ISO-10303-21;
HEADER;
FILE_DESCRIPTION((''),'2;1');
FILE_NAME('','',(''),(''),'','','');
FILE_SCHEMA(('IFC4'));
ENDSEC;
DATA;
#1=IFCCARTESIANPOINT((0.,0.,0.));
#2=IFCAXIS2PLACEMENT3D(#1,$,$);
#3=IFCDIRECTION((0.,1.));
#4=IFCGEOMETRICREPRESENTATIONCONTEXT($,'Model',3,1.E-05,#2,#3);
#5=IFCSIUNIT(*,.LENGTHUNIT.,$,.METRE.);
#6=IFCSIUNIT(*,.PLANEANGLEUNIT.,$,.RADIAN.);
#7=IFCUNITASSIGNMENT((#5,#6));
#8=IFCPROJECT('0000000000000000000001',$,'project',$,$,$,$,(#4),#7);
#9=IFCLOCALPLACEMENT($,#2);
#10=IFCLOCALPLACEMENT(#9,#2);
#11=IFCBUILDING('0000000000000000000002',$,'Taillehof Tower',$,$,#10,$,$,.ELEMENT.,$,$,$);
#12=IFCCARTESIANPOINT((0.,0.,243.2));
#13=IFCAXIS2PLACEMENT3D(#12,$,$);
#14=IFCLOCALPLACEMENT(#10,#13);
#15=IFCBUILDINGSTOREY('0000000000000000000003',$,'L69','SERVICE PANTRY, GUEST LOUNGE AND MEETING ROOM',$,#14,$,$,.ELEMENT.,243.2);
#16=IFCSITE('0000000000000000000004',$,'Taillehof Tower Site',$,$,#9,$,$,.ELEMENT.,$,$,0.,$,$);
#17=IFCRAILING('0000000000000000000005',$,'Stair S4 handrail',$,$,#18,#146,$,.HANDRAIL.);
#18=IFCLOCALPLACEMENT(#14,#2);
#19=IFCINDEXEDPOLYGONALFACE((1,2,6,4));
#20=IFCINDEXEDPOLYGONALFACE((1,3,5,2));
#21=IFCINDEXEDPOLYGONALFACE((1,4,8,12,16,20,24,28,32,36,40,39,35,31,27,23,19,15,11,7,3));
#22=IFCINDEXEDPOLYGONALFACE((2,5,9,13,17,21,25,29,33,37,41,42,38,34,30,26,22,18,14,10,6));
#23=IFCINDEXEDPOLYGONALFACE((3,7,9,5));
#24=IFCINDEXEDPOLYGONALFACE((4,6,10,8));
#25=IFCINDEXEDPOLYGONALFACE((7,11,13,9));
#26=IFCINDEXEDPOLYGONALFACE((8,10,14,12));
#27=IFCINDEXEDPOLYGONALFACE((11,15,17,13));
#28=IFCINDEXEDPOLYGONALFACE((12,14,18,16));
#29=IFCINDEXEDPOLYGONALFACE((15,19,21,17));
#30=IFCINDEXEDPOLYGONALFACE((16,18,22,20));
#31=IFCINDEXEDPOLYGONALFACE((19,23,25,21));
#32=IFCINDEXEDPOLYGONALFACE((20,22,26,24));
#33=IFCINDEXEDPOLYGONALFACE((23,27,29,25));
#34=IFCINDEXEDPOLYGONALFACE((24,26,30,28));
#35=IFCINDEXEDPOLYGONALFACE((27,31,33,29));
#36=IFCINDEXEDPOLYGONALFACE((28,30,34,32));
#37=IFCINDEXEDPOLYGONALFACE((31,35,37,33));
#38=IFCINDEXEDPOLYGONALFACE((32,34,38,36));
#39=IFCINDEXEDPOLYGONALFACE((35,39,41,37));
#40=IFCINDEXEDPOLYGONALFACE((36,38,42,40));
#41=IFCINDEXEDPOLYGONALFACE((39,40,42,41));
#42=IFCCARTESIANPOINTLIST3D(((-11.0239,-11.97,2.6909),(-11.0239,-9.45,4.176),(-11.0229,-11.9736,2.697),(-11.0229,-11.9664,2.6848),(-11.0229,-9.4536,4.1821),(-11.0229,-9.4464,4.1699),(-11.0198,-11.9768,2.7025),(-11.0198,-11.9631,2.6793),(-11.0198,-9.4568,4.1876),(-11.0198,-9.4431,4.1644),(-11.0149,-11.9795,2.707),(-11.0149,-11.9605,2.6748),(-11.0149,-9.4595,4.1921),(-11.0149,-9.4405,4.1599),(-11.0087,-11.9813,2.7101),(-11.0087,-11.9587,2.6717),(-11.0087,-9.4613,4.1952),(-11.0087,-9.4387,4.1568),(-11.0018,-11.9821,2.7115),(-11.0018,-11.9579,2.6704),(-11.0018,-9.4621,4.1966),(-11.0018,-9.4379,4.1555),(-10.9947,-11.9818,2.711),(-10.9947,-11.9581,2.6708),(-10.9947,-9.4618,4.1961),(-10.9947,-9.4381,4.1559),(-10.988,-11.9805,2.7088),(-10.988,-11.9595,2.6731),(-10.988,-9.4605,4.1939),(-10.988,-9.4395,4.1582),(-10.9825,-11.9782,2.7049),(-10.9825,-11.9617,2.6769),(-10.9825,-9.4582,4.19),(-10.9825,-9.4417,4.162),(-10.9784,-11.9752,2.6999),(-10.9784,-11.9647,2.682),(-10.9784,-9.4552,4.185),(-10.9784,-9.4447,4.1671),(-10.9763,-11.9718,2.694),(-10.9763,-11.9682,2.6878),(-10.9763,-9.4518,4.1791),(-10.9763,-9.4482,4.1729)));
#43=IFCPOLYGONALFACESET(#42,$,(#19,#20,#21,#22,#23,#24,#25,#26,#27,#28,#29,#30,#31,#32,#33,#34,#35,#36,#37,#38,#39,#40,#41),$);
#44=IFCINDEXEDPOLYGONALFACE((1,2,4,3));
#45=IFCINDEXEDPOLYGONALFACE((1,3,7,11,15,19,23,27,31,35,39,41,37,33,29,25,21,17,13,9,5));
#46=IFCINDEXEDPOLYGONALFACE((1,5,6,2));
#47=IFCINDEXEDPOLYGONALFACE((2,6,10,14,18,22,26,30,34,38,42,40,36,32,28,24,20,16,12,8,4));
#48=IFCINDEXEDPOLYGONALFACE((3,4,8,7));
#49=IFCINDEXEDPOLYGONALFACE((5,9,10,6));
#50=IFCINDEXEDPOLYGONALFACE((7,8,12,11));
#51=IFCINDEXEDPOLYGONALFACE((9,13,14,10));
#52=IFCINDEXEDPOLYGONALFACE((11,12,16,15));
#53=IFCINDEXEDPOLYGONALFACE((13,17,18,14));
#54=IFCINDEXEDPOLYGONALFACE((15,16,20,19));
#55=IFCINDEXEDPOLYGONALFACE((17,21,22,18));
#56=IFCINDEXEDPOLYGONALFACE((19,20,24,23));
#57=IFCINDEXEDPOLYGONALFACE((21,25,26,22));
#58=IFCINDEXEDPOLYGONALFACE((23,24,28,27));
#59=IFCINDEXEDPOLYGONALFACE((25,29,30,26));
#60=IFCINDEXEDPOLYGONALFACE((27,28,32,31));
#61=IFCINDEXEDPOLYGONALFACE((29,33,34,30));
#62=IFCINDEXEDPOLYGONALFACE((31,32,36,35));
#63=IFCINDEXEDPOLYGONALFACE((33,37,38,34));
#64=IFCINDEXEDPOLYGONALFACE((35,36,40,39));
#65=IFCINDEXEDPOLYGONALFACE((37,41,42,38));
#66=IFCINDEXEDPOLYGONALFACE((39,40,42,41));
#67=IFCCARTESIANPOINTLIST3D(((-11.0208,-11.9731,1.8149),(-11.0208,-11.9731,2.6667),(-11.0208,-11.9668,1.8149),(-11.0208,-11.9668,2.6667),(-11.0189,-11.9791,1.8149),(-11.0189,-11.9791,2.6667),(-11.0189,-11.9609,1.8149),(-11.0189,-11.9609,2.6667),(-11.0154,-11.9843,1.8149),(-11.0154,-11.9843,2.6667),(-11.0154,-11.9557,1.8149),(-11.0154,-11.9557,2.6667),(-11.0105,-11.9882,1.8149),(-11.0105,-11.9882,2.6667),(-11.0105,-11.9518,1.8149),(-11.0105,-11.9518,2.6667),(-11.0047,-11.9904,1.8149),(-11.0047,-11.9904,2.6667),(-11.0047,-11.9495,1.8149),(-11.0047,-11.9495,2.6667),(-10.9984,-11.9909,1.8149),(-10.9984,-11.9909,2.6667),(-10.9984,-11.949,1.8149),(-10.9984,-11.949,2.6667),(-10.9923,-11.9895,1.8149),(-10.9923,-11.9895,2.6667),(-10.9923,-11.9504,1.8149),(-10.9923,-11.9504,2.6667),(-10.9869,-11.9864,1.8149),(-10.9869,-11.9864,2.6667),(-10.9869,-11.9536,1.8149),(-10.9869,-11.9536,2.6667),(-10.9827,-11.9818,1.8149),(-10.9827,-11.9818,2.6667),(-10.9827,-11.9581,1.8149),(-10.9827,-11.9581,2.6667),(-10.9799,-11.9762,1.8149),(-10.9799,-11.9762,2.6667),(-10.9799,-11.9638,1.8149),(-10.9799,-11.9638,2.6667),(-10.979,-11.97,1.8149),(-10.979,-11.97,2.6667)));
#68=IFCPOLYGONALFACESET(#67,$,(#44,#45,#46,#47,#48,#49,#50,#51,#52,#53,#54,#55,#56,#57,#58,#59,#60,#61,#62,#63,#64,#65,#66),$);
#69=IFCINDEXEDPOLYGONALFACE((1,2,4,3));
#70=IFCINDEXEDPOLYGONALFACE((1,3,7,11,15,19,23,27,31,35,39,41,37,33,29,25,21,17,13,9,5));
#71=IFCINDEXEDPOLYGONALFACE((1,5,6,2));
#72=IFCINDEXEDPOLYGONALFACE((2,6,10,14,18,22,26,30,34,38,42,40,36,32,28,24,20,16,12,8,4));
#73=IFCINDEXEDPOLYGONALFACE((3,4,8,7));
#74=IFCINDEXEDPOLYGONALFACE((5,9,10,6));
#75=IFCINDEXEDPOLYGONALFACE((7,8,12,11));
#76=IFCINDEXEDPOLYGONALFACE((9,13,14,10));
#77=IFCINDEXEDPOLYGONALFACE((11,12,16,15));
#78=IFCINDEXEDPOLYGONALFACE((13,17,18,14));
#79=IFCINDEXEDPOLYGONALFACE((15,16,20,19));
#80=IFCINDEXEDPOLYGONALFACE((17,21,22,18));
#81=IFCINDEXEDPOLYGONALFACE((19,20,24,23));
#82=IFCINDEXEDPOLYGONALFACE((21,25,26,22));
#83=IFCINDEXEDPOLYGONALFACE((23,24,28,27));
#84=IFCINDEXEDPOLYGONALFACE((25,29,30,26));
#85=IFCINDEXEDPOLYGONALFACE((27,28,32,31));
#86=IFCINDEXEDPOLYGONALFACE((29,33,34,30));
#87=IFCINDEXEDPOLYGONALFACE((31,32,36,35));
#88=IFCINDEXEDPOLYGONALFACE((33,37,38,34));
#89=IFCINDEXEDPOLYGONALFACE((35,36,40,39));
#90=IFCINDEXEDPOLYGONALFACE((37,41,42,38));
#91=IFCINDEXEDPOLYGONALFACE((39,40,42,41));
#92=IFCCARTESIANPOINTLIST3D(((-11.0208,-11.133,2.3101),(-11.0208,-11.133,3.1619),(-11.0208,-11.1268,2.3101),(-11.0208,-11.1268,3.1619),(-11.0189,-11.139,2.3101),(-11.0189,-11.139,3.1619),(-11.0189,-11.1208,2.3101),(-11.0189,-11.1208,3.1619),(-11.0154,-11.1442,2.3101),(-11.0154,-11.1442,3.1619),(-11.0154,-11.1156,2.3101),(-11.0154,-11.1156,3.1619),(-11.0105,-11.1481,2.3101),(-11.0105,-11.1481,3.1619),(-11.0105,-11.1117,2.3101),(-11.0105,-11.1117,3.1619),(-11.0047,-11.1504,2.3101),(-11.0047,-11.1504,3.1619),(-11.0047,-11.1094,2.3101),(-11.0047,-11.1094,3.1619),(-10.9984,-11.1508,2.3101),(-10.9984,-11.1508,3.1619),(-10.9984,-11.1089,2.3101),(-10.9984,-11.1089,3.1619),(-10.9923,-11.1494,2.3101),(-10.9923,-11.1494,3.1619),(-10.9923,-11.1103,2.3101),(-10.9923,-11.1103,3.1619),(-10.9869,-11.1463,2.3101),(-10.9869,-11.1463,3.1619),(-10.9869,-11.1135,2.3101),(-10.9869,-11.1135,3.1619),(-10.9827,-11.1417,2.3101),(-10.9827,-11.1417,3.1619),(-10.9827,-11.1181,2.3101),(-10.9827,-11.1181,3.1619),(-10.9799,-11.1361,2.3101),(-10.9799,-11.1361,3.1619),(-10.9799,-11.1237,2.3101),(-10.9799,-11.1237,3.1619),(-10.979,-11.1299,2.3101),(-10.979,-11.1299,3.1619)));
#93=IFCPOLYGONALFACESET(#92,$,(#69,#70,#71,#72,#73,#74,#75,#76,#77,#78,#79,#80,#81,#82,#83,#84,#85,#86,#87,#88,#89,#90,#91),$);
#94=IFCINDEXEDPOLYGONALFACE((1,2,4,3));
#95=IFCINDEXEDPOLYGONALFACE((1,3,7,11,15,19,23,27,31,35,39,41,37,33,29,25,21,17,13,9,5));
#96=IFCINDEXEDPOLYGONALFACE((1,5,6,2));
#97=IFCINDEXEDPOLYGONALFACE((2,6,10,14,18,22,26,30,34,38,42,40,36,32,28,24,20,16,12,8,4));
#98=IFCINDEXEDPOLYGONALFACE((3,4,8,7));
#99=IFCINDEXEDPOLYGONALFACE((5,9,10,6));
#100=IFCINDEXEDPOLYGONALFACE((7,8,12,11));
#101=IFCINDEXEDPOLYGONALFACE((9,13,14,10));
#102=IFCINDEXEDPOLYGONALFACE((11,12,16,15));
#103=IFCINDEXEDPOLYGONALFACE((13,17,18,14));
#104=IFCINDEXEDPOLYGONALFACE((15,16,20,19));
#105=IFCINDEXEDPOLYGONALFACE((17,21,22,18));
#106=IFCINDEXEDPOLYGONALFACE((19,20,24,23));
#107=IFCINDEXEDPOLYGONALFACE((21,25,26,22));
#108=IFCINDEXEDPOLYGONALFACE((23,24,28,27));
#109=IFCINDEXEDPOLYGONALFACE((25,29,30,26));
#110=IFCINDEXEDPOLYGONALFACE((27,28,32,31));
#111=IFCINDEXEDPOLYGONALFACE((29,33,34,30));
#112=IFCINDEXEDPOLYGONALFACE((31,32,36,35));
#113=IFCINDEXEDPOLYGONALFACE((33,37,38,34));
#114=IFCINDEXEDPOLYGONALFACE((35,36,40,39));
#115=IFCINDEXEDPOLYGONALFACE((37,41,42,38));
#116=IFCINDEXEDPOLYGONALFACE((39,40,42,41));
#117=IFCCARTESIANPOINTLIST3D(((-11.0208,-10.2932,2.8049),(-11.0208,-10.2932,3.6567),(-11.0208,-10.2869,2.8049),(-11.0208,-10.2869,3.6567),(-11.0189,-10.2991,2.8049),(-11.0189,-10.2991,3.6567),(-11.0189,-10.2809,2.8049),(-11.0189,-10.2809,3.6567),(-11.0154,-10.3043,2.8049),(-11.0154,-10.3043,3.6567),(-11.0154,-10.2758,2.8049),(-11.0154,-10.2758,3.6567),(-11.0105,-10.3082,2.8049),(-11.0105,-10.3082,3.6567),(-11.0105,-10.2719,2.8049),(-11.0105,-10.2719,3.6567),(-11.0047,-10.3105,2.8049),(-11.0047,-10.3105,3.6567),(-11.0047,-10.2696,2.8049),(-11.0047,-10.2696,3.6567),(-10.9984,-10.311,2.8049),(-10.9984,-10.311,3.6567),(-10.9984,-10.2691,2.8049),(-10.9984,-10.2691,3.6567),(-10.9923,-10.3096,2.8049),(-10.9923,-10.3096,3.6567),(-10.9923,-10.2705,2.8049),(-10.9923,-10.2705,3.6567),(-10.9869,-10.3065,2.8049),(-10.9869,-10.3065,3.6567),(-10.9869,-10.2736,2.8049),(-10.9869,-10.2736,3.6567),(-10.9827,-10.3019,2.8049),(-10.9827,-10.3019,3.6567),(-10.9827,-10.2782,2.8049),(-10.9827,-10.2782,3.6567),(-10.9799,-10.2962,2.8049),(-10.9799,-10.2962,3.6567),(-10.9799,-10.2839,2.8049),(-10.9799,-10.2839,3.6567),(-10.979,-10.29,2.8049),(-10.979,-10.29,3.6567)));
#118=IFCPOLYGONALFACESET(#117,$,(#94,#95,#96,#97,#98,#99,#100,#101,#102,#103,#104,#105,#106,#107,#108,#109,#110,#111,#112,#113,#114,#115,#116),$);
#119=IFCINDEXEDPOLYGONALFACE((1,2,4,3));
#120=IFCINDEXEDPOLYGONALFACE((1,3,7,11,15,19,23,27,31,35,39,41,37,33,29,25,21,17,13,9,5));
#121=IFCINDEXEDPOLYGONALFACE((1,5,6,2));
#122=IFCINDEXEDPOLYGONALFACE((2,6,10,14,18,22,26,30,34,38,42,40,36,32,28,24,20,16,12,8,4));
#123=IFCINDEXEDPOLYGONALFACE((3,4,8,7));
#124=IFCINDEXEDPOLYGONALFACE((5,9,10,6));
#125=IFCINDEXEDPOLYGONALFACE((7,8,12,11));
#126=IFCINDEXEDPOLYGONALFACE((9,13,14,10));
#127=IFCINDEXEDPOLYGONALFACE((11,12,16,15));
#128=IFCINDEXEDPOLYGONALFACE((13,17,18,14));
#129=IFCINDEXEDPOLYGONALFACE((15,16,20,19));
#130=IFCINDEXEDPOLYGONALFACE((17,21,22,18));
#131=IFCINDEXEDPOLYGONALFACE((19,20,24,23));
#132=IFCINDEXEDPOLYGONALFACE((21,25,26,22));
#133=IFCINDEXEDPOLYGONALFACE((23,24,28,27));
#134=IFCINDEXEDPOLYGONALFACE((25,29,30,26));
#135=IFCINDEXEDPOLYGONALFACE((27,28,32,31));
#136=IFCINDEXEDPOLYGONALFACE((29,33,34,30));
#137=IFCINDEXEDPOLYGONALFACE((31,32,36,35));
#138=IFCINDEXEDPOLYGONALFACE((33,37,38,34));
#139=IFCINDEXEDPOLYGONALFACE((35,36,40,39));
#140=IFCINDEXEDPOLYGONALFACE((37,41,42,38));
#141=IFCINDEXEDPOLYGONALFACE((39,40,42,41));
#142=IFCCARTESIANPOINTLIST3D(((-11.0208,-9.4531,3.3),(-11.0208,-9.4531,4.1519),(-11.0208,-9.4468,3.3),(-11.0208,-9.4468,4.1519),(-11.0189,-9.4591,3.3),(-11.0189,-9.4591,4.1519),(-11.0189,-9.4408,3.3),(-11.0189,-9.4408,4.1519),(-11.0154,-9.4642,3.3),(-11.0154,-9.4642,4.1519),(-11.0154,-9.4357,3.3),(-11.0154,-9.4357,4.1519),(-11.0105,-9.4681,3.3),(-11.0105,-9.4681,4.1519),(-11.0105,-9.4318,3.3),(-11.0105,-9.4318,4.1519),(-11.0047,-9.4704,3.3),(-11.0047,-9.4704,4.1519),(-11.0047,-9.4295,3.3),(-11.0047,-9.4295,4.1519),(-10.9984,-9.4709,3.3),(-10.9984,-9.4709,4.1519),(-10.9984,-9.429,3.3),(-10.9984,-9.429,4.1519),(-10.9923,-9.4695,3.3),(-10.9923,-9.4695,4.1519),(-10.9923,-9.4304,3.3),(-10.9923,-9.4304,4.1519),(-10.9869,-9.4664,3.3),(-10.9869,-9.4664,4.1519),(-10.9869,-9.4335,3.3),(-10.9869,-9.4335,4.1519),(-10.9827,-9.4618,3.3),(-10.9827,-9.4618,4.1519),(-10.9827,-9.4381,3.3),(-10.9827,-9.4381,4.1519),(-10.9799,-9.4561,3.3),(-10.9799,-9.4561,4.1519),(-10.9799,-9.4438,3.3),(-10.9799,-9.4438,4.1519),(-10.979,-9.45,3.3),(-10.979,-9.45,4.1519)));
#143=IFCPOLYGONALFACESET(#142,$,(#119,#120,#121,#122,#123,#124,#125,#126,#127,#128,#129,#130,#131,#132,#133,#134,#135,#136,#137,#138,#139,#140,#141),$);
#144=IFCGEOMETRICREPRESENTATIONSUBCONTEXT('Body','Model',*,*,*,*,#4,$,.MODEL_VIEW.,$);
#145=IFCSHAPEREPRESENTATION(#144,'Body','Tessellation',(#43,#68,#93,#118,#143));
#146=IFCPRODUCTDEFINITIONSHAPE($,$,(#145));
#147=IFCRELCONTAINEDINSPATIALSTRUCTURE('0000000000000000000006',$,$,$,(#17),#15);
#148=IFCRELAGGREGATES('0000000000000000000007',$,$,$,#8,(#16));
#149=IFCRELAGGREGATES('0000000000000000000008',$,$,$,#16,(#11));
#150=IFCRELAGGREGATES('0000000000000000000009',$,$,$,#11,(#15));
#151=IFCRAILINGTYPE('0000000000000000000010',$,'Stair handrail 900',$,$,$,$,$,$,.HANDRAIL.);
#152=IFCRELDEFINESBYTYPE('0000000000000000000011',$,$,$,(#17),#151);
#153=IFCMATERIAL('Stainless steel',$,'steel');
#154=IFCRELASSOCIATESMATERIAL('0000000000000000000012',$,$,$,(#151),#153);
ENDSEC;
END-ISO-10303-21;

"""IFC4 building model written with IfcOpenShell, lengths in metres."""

from ifc_helpers import new_model, si_unit, direction, frame, origin, origin_2d, place, context, subcontext, project, spatial, circle, extrude, material, type_object, element, save


model = new_model("IFC4")

# Units and contexts
model_context = context("Model", 3, precision=1e-05, world=origin(), true_north=direction((0.0, 1.0)))
body_context = subcontext(model_context, "Body", "Model", "MODEL_VIEW")
ifc_project = project(units=[si_unit("LENGTHUNIT", "METRE"), si_unit("PLANEANGLEUNIT", "RADIAN")], contexts=[model_context])

# Site, building, storey
site_placement = place(None, origin())
site = spatial("IfcSite", under=ifc_project, at=site_placement, Name="Taillehof Tower Site", CompositionType="ELEMENT", RefElevation=0.0)
building_placement = place(site_placement, origin())
building = spatial("IfcBuilding", under=site, at=building_placement, Name="Taillehof Tower", CompositionType="ELEMENT")
storey_placement = place(building_placement, frame((0.0, 0.0, 243.2)))
storey = spatial("IfcBuildingStorey", under=building, at=storey_placement, Name="L69", Description="SERVICE PANTRY, GUEST LOUNGE AND MEETING ROOM", CompositionType="ELEMENT", Elevation=243.2)

# Railing
ifc_material_1 = material(Name="Stainless steel", Category="steel")
railing_type = type_object("IfcRailingType", Name="Stair handrail 900", PredefinedType="HANDRAIL", material=ifc_material_1)
railing_placement = place(storey_placement, frame((-11.0, -11.97, 1.8149)))
element("IfcRailing", 1, at=railing_placement, inside=storey, type_object=railing_type, Name="Stair S4 handrail", PredefinedType="HANDRAIL", context=body_context, shape_type="SweptSolid", body=[
    extrude(circle(Radius=0.0239, at=origin_2d()), frame((0.0, 0.0, 0.876), z_axis=(0.0, 0.861524, 0.507717), x_axis=(-1.0, 0.0, 0.0)), (0.0, 0.0, 1.0), 2.925),
    extrude(circle(Radius=0.021, at=origin_2d()), origin(), (0.0, 0.0, 1.0), 0.8518),
    extrude(circle(Radius=0.021, at=origin_2d()), frame((0.0, 0.8401, 0.4951)), (0.0, 0.0, 1.0), 0.8518),
    extrude(circle(Radius=0.021, at=origin_2d()), frame((0.0, 1.6799, 0.99)), (0.0, 0.0, 1.0), 0.8518),
    extrude(circle(Radius=0.021, at=origin_2d()), frame((0.0, 2.52, 1.4851)), (0.0, 0.0, 1.0), 0.8518),
])

save(model, "model.ifc")
